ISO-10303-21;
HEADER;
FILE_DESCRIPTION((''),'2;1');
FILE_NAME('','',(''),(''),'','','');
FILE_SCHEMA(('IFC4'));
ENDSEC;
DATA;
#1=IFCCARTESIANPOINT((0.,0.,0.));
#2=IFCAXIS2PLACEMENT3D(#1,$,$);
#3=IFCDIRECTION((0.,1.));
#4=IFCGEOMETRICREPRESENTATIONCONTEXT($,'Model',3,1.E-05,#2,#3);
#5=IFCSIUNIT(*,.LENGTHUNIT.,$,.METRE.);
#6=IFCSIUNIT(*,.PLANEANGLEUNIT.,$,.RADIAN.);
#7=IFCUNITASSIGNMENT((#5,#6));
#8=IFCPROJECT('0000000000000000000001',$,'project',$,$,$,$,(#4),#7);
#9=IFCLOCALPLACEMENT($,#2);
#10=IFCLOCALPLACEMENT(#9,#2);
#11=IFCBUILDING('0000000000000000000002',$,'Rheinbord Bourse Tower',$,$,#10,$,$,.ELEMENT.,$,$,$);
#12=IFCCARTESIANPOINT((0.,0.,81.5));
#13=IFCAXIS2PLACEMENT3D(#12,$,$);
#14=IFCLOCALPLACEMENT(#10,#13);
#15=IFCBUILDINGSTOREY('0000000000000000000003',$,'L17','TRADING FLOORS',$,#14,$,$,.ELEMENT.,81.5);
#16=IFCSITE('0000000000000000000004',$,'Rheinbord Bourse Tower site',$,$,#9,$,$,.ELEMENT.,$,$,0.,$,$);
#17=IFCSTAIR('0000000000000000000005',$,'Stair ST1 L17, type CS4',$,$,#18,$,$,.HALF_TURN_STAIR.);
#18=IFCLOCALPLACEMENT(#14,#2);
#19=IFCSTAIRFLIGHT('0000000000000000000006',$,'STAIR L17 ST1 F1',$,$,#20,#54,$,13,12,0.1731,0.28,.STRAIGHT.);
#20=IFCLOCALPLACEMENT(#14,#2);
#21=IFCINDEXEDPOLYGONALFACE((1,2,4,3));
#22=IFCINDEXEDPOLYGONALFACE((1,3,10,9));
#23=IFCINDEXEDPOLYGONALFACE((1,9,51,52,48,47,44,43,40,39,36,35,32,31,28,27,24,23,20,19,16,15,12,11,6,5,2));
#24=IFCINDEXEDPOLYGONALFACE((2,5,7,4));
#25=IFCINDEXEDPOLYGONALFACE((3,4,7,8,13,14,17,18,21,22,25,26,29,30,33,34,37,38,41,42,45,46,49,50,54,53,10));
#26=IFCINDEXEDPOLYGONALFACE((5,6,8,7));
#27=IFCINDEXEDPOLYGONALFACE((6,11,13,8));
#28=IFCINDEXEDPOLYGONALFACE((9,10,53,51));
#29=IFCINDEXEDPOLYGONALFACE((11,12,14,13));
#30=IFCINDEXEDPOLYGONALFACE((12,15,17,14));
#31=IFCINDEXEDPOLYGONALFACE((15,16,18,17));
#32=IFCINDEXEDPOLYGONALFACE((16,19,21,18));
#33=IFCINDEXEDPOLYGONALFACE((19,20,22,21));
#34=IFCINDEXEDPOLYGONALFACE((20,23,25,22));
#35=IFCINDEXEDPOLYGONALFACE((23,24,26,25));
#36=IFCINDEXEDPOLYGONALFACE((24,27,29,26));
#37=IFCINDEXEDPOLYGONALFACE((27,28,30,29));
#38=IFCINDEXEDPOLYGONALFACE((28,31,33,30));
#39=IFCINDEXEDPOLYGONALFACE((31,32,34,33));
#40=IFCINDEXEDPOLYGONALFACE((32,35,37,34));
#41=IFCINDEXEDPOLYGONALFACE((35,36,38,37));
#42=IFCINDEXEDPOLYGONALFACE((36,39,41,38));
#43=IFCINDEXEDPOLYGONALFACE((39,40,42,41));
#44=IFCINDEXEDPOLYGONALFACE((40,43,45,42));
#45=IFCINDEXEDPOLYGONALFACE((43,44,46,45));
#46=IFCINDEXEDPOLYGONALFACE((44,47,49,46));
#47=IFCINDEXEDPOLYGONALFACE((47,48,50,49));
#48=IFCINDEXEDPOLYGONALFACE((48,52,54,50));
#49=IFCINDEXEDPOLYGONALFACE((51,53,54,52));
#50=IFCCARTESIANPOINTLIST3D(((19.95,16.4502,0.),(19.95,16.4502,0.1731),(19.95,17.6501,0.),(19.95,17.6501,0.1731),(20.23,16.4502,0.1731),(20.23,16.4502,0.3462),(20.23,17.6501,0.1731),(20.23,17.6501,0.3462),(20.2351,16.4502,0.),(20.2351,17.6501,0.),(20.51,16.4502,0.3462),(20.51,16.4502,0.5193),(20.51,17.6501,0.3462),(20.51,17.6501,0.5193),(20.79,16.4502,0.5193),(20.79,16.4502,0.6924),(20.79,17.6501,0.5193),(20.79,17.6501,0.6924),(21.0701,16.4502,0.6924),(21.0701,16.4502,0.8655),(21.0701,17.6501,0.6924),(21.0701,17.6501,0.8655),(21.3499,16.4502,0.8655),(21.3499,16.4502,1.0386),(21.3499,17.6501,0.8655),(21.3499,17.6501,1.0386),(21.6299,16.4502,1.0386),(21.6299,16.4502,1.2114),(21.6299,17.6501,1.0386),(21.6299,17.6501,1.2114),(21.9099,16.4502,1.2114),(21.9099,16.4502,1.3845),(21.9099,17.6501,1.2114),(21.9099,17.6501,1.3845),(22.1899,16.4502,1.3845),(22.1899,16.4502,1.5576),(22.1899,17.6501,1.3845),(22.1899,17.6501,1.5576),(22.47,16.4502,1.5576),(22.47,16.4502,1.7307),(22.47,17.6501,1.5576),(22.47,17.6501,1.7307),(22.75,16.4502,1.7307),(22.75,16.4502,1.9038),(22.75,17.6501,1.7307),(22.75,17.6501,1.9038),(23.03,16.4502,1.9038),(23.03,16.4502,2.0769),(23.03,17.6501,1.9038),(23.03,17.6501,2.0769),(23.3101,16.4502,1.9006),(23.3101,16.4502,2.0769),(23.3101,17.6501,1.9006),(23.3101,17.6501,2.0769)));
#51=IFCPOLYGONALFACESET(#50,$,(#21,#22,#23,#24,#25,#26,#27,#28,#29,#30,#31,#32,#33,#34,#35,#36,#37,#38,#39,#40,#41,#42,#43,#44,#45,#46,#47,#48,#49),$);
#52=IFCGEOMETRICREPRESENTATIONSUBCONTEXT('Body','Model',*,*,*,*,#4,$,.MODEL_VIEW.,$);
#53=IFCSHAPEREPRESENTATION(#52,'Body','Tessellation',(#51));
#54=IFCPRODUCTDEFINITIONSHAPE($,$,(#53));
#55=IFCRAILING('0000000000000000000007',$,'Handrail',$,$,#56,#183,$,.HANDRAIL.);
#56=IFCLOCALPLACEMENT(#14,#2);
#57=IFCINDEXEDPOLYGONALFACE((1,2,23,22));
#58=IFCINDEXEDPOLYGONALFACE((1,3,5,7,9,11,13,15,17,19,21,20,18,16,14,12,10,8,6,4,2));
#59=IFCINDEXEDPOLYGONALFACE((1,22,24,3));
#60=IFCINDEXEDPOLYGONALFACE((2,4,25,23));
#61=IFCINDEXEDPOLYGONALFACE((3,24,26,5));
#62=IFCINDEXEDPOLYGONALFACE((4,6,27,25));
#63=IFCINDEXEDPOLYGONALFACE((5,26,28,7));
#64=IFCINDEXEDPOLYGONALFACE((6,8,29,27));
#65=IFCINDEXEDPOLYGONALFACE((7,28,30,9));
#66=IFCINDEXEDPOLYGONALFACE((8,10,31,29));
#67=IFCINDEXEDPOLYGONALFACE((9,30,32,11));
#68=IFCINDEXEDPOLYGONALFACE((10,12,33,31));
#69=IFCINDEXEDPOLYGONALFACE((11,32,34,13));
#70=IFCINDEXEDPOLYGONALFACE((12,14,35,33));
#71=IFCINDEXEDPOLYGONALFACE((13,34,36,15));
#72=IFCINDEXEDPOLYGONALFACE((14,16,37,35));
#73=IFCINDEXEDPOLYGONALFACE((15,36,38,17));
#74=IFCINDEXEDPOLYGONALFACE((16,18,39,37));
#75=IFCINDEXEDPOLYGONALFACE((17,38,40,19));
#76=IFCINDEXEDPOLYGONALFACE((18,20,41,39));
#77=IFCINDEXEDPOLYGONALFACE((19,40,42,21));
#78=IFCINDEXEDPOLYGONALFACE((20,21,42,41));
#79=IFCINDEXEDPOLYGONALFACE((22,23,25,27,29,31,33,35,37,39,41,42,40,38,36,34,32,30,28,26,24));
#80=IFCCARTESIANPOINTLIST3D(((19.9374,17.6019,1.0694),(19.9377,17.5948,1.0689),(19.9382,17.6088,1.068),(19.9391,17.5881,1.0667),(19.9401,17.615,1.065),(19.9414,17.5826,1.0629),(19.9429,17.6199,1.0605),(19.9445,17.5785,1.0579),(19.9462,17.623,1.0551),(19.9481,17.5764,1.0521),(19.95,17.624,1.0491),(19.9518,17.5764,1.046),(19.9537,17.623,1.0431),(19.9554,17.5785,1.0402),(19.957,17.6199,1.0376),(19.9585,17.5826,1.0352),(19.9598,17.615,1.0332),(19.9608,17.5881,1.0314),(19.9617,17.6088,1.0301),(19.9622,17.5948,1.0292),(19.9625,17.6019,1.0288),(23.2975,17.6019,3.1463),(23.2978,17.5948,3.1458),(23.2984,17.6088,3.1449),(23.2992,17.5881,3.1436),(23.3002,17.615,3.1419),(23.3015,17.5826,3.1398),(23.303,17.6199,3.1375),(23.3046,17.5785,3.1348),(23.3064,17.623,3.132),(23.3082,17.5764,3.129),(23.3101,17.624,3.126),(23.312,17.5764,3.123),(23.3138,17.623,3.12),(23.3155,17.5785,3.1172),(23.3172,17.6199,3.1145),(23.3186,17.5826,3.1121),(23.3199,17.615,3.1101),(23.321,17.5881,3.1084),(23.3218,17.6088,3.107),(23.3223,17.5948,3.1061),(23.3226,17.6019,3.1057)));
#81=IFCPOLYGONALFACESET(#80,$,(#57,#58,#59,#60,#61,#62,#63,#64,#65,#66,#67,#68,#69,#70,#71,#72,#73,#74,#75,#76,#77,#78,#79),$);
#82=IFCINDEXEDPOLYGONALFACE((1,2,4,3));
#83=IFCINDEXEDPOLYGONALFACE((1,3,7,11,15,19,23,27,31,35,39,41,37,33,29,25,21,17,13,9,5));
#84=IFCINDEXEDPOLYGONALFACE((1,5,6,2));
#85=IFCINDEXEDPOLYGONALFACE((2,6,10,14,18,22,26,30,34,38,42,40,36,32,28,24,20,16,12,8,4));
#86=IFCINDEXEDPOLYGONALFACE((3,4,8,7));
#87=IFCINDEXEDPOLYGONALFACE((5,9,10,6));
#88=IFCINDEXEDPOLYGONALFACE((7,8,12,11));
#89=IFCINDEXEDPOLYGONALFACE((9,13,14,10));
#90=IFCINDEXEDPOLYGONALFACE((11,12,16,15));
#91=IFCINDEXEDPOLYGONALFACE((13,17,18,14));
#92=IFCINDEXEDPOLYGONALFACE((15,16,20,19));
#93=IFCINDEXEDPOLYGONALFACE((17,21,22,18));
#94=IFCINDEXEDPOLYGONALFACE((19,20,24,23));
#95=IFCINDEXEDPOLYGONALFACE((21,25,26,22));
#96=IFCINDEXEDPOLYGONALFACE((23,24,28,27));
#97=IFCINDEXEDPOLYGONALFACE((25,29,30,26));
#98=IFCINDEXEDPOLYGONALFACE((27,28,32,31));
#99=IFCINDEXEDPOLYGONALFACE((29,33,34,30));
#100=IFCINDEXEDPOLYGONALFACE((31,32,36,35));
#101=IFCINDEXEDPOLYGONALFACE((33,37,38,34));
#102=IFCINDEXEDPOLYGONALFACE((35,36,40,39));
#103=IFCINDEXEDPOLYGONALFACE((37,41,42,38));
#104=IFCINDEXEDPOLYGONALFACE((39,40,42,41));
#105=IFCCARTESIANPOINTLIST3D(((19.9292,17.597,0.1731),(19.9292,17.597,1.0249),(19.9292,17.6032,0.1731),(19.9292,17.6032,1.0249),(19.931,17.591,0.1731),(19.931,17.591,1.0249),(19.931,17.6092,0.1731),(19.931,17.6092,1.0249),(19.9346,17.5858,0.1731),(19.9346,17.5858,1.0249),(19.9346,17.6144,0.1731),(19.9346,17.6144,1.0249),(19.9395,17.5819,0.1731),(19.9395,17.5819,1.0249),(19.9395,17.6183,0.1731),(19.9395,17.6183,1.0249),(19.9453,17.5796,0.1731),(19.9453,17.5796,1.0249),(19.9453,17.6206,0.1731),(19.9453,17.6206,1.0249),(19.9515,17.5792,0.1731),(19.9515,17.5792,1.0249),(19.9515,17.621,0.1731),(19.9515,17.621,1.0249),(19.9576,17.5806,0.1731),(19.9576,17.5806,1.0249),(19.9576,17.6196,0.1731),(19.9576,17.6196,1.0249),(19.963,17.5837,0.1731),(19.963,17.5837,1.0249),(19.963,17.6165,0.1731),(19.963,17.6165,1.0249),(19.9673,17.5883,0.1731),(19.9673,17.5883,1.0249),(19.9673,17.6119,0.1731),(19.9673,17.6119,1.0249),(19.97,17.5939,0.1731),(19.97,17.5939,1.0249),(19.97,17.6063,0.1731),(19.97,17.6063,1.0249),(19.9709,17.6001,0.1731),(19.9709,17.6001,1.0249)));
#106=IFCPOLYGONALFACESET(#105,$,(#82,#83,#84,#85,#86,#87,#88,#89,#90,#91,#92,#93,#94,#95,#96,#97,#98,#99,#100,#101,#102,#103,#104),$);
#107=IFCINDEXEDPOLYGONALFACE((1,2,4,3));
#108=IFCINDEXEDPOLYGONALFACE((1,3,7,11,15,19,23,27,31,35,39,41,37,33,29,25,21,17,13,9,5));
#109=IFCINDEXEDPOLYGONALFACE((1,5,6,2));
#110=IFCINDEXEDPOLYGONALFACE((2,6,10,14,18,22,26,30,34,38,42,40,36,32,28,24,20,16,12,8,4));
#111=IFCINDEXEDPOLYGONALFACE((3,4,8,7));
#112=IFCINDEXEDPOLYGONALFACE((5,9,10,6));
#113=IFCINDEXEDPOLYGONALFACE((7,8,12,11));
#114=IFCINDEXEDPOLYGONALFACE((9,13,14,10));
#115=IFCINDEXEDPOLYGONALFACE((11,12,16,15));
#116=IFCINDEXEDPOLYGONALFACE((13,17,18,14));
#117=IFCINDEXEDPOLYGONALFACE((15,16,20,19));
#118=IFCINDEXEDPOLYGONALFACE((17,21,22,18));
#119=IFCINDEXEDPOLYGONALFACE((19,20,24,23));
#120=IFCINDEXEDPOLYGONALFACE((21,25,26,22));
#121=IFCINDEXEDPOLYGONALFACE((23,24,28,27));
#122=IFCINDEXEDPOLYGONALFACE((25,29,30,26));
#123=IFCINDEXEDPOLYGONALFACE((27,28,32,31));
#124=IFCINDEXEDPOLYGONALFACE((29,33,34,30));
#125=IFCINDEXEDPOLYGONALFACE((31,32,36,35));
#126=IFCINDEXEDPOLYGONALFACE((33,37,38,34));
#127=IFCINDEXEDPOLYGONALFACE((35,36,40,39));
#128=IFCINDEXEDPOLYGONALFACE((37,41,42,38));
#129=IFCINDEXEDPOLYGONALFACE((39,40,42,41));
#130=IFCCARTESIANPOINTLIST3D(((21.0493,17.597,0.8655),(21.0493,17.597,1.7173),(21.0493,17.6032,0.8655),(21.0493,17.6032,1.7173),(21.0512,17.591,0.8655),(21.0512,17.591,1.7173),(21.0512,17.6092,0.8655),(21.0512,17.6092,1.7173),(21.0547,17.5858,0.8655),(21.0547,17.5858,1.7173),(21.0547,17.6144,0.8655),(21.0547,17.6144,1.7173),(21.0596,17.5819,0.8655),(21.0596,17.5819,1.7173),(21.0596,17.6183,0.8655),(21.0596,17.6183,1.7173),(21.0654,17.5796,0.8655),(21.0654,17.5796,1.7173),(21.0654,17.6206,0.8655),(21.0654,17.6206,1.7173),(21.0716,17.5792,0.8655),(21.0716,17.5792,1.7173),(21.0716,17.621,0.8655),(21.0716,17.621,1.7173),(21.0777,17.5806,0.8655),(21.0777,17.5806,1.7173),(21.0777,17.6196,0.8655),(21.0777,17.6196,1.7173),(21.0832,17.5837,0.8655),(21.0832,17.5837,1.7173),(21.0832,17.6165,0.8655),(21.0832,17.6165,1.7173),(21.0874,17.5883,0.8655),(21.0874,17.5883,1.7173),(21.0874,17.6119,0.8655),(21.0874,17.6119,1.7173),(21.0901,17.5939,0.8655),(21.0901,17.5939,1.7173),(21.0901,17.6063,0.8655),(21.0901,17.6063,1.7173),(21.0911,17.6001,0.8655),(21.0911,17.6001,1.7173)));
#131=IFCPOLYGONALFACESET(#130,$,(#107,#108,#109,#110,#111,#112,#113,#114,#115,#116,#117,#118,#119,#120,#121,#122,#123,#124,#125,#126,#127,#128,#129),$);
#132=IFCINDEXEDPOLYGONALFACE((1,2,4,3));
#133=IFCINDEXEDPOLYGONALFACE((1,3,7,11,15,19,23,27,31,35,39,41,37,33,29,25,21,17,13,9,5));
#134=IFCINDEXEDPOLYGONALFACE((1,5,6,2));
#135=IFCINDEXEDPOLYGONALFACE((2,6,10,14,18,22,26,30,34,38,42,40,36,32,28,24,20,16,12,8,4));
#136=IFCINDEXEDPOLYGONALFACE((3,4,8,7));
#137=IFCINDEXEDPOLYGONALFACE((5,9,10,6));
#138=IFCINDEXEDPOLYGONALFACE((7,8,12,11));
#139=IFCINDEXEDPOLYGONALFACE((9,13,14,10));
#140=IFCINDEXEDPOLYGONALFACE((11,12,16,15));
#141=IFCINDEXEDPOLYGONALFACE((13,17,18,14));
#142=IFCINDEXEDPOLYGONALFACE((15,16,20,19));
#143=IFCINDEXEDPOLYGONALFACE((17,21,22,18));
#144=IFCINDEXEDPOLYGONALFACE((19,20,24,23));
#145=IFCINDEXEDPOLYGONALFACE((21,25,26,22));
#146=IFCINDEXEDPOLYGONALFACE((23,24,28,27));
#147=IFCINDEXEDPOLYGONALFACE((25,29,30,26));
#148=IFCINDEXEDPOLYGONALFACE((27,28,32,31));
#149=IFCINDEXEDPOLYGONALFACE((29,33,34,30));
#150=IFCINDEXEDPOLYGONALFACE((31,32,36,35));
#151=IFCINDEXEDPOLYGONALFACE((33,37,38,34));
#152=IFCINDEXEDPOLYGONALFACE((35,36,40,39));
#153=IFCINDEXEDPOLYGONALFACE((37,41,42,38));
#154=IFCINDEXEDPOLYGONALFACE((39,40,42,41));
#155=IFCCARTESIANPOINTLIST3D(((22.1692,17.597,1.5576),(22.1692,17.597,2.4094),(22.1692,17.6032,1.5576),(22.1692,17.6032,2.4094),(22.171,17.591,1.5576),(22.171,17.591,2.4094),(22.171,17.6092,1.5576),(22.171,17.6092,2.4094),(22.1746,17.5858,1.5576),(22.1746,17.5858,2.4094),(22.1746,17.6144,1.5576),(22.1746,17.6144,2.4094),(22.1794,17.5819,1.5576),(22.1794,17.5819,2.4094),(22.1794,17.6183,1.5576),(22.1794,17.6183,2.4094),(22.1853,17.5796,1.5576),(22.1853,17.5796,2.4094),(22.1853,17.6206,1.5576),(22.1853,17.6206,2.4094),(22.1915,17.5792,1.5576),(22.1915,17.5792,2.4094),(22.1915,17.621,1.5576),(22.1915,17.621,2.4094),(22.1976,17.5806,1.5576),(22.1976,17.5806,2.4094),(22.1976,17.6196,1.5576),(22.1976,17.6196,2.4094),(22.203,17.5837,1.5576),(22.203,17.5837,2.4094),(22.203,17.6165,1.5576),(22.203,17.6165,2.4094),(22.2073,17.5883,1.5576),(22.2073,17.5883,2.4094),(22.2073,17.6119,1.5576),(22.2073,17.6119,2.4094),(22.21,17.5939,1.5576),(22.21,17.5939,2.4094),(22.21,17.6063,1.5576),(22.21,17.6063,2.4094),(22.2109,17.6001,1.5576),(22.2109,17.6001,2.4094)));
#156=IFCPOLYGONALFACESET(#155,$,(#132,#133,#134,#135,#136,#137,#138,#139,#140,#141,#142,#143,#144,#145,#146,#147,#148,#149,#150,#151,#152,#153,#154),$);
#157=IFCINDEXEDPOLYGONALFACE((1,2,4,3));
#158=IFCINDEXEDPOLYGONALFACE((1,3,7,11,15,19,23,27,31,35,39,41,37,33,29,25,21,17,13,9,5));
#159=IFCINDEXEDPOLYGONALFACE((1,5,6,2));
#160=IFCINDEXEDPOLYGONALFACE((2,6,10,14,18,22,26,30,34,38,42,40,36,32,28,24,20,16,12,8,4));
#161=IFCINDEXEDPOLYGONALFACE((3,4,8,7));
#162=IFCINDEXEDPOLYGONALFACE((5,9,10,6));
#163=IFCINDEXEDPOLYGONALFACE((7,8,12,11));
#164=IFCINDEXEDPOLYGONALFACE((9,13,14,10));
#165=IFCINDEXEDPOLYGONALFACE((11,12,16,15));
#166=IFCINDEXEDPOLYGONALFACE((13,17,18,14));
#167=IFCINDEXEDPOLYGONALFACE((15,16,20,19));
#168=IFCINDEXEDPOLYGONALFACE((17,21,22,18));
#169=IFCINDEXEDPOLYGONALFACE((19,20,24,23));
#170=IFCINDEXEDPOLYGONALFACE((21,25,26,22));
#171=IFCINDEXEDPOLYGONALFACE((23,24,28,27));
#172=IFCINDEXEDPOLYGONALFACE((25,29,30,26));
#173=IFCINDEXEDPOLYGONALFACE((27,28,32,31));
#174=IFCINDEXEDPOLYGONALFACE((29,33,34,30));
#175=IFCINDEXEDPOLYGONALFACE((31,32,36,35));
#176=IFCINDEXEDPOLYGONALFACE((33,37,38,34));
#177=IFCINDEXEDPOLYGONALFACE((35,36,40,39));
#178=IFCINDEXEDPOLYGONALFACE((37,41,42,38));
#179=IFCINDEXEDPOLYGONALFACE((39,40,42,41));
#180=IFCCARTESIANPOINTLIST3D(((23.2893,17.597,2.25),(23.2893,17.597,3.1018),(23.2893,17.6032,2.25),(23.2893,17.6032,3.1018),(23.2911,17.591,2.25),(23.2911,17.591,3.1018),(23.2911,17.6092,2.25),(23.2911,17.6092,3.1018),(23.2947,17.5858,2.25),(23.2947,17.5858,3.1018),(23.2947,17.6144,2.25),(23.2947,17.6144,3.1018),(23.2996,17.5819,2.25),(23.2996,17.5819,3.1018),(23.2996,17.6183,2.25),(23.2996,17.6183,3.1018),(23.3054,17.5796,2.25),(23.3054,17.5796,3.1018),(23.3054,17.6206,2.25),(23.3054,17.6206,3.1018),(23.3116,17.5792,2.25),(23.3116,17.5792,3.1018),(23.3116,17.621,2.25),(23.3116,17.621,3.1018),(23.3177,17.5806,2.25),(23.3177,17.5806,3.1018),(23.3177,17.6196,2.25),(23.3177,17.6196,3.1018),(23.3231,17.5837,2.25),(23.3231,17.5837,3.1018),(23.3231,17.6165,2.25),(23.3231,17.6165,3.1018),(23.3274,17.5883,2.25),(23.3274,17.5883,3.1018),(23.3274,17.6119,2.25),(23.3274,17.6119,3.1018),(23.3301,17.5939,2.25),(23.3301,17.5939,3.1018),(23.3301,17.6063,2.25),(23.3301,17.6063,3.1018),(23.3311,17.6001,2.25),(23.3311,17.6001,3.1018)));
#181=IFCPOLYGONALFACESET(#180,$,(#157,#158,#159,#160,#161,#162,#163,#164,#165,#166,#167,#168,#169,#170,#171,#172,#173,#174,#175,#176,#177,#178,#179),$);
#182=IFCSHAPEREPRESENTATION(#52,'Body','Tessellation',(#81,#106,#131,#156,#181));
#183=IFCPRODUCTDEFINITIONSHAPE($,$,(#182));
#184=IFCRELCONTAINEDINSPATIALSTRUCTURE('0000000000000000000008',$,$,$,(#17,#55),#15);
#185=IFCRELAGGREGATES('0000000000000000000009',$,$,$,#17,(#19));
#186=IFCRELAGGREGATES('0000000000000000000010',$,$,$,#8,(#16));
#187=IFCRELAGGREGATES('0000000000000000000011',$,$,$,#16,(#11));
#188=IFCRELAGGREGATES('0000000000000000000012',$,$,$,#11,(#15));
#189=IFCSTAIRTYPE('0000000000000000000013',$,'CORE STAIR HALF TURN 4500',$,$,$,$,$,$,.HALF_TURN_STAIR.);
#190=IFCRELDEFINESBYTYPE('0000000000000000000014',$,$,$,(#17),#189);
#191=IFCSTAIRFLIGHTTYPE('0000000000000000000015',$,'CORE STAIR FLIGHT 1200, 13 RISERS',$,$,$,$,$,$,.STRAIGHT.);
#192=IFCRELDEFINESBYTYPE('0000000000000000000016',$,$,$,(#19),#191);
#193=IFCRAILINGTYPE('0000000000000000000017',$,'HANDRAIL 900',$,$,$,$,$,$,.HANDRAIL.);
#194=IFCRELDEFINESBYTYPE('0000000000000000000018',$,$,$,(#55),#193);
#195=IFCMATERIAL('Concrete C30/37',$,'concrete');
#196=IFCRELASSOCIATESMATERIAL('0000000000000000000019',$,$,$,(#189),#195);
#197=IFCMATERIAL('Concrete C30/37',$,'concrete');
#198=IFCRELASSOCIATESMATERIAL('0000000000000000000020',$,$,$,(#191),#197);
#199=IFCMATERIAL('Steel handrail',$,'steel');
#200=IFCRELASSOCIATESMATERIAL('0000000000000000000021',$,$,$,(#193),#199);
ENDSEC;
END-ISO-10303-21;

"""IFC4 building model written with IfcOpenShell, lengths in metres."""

from ifc_helpers import new_model, si_unit, direction, frame, origin, origin_2d, place, context, subcontext, project, spatial, polyline, circle, outline, extrude, material, type_object, element, aggregate, save


model = new_model("IFC4")

# Units and contexts
model_context = context("Model", 3, precision=1e-05, world=origin(), true_north=direction((0.0, 1.0)))
body_context = subcontext(model_context, "Body", "Model", "MODEL_VIEW")
ifc_project = project(units=[si_unit("LENGTHUNIT", "METRE"), si_unit("PLANEANGLEUNIT", "RADIAN")], contexts=[model_context])

# Site, building, storey
site_placement = place(None, origin())
site = spatial("IfcSite", under=ifc_project, at=site_placement, Name="Rheinbord Bourse Tower site", CompositionType="ELEMENT", RefElevation=0.0)
building_placement = place(site_placement, origin())
building = spatial("IfcBuilding", under=site, at=building_placement, Name="Rheinbord Bourse Tower", CompositionType="ELEMENT")
storey_placement = place(building_placement, frame((0.0, 0.0, 81.5)))
storey = spatial("IfcBuildingStorey", under=building, at=storey_placement, Name="L17", Description="TRADING FLOORS", CompositionType="ELEMENT", Elevation=81.5)

# Stair, stair flight
ifc_material_1 = material(Name="Concrete C30/37", Category="concrete")
stair_type = type_object("IfcStairType", Name="CORE STAIR HALF TURN 4500", PredefinedType="HALF_TURN_STAIR", material=ifc_material_1)
stair_placement = place(storey_placement, origin())
stair = element("IfcStair", 1, at=stair_placement, inside=storey, type_object=stair_type, Name="Stair ST1 L17, type CS4", PredefinedType="HALF_TURN_STAIR")
ifc_material_2 = material(Name="Concrete C30/37", Category="concrete")
stair_flight_type = type_object("IfcStairFlightType", Name="CORE STAIR FLIGHT 1200, 13 RISERS", PredefinedType="STRAIGHT", material=ifc_material_2)
stair_flight_placement = place(storey_placement, frame((19.95, 17.05, 0.0), z_axis=(0.0, 0.0, 1.0), x_axis=(1.0, 0.0, 0.0)))
stair_flight = element("IfcStairFlight", 2, at=stair_flight_placement, type_object=stair_flight_type, Name="STAIR L17 ST1 F1", NumberOfRisers=13, NumberOfTreads=12, PredefinedType="STRAIGHT", RiserHeight=0.1731, TreadLength=0.28, context=body_context, shape_type="SweptSolid", body=[
    extrude(outline(polyline([(0.0, 0.0), (0.0, 0.1731), (0.28, 0.1731), (0.28, 0.3462), (0.5601, 0.3462), (0.5601, 0.5193), (0.8401, 0.5193), (0.8401, 0.6924), (1.1201, 0.6924), (1.1201, 0.8655), (1.3999, 0.8655), (1.3999, 1.0386), (1.6799, 1.0386), (1.6799, 1.2114), (1.96, 1.2114), (1.96, 1.3845), (2.24, 1.3845), (2.24, 1.5576), (2.52, 1.5576), (2.52, 1.7307), (2.8, 1.7307), (2.8, 1.9038), (3.0801, 1.9038), (3.0801, 2.0769), (3.3601, 2.0769), (3.3601, 2.25), (3.3601, 1.9006), (0.2852, 0.0), (0.0, 0.0)])), frame((0.0, 0.6001, 0.0), z_axis=(0.0, -1.0, 0.0), x_axis=(1.0, 0.0, 0.0)), (0.0, 0.0, 1.0), 1.2),
])
aggregate(stair, [stair_flight])

# Railing
ifc_material_3 = material(Name="Steel handrail", Category="steel")
railing_type = type_object("IfcRailingType", Name="HANDRAIL 900", PredefinedType="HANDRAIL", material=ifc_material_3)
railing_1_placement = place(storey_placement, frame((19.95, 17.6001, 0.1731)))
element("IfcRailing", 3, at=railing_1_placement, inside=storey, type_object=railing_type, Name="Handrail", PredefinedType="HANDRAIL", context=body_context, shape_type="SweptSolid", body=[
    extrude(circle(Radius=0.0239, at=origin_2d()), frame((0.0, 0.0, 0.876), z_axis=(0.850623, 0.0, 0.525776), x_axis=(0.0, 1.0, 0.0)), (0.0, 0.0, 1.0), 3.9502),
    extrude(circle(Radius=0.021, at=origin_2d()), origin(), (0.0, 0.0, 1.0), 0.8518),
    extrude(circle(Radius=0.021, at=origin_2d()), frame((1.1201, 0.0, 0.6924)), (0.0, 0.0, 1.0), 0.8518),
    extrude(circle(Radius=0.021, at=origin_2d()), frame((2.24, 0.0, 1.3845)), (0.0, 0.0, 1.0), 0.8518),
    extrude(circle(Radius=0.021, at=origin_2d()), frame((3.3601, 0.0, 2.0769)), (0.0, 0.0, 1.0), 0.8518),
])

save(model, "model.ifc")
